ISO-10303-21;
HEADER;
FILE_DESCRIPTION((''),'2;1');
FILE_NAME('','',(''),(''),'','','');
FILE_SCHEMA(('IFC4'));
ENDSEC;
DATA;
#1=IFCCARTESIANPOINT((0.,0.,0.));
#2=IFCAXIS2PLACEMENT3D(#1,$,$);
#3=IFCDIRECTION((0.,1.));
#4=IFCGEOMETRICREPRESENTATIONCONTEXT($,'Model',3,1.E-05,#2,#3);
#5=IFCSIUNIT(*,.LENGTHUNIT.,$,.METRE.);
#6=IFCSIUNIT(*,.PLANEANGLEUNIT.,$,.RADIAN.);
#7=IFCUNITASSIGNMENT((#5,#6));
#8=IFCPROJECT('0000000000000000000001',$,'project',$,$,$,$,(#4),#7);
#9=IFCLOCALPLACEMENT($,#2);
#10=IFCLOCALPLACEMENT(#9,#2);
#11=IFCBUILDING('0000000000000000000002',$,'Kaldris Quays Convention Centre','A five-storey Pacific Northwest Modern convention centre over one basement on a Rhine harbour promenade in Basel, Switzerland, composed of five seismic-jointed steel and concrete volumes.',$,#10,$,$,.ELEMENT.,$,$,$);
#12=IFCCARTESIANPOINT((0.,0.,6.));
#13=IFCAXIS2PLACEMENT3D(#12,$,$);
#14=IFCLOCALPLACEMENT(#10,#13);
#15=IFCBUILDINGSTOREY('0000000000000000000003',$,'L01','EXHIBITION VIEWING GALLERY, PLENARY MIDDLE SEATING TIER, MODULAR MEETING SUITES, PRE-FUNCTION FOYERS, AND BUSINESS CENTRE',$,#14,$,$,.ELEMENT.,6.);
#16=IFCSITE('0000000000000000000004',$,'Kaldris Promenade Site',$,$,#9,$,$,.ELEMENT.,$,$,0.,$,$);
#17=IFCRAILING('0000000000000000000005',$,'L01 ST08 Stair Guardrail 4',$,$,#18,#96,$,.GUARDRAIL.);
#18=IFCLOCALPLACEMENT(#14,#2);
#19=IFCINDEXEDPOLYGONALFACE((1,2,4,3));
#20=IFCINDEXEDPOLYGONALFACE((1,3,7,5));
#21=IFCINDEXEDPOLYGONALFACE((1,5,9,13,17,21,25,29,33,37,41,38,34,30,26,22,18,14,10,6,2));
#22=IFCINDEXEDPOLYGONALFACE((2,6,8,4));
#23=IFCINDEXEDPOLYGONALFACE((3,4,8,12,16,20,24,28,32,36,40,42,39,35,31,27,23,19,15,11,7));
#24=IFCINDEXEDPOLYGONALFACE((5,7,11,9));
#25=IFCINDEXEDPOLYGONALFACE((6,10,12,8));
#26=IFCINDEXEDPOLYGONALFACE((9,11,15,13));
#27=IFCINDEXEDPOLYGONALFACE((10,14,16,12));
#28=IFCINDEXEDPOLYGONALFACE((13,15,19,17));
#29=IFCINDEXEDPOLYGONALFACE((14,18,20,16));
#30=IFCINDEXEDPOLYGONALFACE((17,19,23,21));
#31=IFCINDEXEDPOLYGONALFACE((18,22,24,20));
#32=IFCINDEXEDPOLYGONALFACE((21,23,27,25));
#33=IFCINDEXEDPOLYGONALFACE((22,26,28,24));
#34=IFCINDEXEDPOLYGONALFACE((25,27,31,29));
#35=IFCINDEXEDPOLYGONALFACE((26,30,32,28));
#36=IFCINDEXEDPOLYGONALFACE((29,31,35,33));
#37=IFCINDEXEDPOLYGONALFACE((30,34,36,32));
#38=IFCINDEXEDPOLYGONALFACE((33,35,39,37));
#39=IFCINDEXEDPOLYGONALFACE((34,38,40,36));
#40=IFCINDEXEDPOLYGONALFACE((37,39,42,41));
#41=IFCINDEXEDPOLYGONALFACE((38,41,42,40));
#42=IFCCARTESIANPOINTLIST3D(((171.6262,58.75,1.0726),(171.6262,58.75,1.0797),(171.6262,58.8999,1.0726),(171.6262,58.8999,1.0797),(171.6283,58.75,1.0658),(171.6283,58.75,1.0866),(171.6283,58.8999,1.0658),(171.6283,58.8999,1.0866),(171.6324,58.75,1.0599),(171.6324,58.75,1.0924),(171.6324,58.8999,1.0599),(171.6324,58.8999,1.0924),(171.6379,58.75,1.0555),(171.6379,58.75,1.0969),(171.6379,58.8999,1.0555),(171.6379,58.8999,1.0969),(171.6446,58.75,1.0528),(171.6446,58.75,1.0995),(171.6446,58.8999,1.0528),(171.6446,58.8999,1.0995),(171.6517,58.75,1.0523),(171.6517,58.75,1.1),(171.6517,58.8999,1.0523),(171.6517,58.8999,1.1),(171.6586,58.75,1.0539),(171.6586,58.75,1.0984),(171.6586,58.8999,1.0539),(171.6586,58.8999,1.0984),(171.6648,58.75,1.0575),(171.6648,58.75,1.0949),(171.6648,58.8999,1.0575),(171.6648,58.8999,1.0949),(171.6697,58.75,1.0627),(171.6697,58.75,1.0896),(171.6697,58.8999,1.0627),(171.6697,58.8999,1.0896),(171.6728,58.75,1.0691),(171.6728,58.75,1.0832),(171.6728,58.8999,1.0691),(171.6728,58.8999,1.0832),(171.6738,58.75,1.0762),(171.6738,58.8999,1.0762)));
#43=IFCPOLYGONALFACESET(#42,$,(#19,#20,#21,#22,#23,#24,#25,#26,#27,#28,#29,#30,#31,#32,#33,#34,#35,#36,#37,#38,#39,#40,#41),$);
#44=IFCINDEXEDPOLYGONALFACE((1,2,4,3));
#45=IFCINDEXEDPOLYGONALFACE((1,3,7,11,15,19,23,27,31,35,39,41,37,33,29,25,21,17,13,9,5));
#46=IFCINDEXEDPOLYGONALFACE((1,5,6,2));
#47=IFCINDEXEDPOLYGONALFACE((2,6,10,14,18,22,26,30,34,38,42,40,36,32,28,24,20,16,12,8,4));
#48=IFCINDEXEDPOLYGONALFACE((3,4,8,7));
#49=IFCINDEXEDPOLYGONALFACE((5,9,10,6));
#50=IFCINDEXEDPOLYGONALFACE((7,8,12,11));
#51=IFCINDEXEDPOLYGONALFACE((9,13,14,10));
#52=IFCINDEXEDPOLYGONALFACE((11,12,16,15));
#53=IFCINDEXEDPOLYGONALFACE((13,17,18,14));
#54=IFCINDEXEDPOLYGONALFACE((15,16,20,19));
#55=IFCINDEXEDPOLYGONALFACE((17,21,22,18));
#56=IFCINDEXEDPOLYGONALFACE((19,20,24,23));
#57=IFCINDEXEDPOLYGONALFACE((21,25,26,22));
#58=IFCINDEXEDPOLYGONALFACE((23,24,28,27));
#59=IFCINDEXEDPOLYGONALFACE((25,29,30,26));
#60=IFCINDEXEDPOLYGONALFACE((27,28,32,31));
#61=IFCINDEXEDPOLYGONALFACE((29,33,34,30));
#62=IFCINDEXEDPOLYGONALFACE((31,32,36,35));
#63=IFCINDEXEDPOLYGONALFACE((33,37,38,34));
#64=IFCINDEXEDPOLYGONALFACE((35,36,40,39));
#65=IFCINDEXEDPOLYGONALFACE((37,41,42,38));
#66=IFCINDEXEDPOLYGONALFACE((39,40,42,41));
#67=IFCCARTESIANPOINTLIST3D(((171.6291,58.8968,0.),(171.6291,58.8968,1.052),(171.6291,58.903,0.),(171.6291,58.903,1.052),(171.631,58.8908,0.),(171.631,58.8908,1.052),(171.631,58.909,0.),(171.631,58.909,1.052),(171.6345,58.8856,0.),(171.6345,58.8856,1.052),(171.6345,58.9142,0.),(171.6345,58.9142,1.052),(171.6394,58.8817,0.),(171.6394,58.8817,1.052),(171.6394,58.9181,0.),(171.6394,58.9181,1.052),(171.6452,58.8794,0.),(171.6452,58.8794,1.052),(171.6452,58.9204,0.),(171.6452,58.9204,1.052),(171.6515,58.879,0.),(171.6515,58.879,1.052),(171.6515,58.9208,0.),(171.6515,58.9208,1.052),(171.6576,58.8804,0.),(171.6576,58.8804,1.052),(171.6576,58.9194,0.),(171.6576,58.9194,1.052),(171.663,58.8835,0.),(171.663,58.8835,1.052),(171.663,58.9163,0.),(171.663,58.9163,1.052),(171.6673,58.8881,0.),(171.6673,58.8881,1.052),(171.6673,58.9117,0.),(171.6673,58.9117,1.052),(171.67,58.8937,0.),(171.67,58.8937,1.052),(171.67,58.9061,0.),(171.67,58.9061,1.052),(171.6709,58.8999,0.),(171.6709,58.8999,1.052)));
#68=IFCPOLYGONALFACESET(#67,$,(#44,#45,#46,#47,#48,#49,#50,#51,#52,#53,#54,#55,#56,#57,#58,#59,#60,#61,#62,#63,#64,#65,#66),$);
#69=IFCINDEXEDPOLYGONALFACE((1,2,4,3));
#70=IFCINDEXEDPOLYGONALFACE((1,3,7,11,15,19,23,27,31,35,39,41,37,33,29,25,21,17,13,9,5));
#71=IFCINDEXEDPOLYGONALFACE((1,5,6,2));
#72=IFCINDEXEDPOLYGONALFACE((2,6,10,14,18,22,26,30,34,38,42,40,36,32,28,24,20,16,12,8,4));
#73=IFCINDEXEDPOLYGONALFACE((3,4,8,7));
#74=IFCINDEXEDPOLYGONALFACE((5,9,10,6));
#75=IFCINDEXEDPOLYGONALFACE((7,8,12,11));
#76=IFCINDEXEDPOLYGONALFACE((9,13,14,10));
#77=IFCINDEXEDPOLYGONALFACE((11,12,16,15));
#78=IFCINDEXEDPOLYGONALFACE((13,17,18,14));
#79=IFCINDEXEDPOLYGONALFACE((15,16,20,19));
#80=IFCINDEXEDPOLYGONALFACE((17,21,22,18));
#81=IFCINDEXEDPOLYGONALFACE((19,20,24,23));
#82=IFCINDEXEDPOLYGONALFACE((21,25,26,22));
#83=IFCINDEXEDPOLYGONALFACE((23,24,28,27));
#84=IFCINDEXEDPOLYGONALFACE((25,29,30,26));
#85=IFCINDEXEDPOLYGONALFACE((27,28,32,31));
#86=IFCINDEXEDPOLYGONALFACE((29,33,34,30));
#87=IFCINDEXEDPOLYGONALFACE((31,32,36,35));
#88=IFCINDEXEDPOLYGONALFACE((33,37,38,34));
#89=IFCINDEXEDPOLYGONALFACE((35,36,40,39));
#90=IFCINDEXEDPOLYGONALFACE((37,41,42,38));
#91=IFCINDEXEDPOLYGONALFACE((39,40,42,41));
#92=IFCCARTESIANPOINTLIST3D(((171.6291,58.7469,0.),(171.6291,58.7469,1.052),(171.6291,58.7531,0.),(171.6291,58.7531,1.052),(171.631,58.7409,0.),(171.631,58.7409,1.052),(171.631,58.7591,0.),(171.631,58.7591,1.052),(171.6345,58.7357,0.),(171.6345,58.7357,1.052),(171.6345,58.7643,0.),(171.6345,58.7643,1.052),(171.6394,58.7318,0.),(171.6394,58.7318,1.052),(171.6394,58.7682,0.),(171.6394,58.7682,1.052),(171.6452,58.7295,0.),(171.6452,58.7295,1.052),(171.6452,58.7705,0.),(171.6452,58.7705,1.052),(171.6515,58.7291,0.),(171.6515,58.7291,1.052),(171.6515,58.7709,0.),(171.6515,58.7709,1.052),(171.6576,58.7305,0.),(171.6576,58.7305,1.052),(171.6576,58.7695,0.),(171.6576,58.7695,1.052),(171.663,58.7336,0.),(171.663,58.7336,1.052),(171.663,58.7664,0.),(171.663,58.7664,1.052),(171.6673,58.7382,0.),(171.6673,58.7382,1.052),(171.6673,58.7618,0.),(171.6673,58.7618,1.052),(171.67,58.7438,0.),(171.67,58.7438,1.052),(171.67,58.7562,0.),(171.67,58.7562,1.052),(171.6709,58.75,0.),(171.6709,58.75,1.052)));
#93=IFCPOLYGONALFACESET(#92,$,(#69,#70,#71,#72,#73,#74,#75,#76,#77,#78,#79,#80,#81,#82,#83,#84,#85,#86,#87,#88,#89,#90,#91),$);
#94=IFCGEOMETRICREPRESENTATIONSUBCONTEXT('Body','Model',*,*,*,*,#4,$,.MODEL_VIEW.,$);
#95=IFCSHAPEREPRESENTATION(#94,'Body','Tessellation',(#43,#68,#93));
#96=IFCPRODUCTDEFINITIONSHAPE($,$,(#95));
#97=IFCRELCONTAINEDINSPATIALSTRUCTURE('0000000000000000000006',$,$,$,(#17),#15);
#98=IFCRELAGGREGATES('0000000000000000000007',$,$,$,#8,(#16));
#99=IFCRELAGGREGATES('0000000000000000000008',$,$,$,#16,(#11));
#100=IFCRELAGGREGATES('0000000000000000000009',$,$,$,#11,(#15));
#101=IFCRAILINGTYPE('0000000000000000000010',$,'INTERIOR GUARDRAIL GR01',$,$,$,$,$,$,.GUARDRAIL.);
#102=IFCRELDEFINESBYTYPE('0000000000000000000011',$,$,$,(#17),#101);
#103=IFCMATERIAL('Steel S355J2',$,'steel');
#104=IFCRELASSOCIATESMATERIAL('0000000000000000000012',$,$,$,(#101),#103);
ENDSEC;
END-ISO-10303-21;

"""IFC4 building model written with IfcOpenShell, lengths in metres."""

from ifc_helpers import new_model, si_unit, direction, frame, origin, origin_2d, place, context, subcontext, project, spatial, circle, extrude, material, type_object, element, save


model = new_model("IFC4")

# Units and contexts
model_context = context("Model", 3, precision=1e-05, world=origin(), true_north=direction((0.0, 1.0)))
body_context = subcontext(model_context, "Body", "Model", "MODEL_VIEW")
ifc_project = project(units=[si_unit("LENGTHUNIT", "METRE"), si_unit("PLANEANGLEUNIT", "RADIAN")], contexts=[model_context])

# Site, building, storey
site_placement = place(None, origin())
site = spatial("IfcSite", under=ifc_project, at=site_placement, Name="Kaldris Promenade Site", CompositionType="ELEMENT", RefElevation=0.0)
building_placement = place(site_placement, origin())
building = spatial("IfcBuilding", under=site, at=building_placement, Name="Kaldris Quays Convention Centre", Description="A five-storey Pacific Northwest Modern convention centre over one basement on a Rhine harbour promenade in Basel, Switzerland, composed of five seismic-jointed steel and concrete volumes.", CompositionType="ELEMENT")
storey_placement = place(building_placement, frame((0.0, 0.0, 6.0)))
storey = spatial("IfcBuildingStorey", under=building, at=storey_placement, Name="L01", Description="EXHIBITION VIEWING GALLERY, PLENARY MIDDLE SEATING TIER, MODULAR MEETING SUITES, PRE-FUNCTION FOYERS, AND BUSINESS CENTRE", CompositionType="ELEMENT", Elevation=6.0)

# Shared definitions
ifc_material_1 = material(Name="Steel S355J2", Category="steel")

# Railing
railing_type_1 = type_object("IfcRailingType", Name="INTERIOR GUARDRAIL GR01", PredefinedType="GUARDRAIL", material=ifc_material_1)
railing_1_placement = place(storey_placement, frame((171.6499, 58.8999, 0.0)))
element("IfcRailing", 1, at=railing_1_placement, inside=storey, type_object=railing_type_1, Name="L01 ST08 Stair Guardrail 4", PredefinedType="GUARDRAIL", context=body_context, shape_type="SweptSolid", body=[
    extrude(circle(Radius=0.0239, at=origin_2d()), frame((0.0, 0.0, 1.0762), z_axis=(0.0, -1.0, 0.0), x_axis=(1.0, 0.0, 0.0)), (0.0, 0.0, 1.0), 0.1499),
    extrude(circle(Radius=0.021, at=origin_2d()), origin(), (0.0, 0.0, 1.0), 1.052),
    extrude(circle(Radius=0.021, at=origin_2d()), frame((0.0, -0.1499, 0.0)), (0.0, 0.0, 1.0), 1.052),
])

save(model, "model.ifc")
